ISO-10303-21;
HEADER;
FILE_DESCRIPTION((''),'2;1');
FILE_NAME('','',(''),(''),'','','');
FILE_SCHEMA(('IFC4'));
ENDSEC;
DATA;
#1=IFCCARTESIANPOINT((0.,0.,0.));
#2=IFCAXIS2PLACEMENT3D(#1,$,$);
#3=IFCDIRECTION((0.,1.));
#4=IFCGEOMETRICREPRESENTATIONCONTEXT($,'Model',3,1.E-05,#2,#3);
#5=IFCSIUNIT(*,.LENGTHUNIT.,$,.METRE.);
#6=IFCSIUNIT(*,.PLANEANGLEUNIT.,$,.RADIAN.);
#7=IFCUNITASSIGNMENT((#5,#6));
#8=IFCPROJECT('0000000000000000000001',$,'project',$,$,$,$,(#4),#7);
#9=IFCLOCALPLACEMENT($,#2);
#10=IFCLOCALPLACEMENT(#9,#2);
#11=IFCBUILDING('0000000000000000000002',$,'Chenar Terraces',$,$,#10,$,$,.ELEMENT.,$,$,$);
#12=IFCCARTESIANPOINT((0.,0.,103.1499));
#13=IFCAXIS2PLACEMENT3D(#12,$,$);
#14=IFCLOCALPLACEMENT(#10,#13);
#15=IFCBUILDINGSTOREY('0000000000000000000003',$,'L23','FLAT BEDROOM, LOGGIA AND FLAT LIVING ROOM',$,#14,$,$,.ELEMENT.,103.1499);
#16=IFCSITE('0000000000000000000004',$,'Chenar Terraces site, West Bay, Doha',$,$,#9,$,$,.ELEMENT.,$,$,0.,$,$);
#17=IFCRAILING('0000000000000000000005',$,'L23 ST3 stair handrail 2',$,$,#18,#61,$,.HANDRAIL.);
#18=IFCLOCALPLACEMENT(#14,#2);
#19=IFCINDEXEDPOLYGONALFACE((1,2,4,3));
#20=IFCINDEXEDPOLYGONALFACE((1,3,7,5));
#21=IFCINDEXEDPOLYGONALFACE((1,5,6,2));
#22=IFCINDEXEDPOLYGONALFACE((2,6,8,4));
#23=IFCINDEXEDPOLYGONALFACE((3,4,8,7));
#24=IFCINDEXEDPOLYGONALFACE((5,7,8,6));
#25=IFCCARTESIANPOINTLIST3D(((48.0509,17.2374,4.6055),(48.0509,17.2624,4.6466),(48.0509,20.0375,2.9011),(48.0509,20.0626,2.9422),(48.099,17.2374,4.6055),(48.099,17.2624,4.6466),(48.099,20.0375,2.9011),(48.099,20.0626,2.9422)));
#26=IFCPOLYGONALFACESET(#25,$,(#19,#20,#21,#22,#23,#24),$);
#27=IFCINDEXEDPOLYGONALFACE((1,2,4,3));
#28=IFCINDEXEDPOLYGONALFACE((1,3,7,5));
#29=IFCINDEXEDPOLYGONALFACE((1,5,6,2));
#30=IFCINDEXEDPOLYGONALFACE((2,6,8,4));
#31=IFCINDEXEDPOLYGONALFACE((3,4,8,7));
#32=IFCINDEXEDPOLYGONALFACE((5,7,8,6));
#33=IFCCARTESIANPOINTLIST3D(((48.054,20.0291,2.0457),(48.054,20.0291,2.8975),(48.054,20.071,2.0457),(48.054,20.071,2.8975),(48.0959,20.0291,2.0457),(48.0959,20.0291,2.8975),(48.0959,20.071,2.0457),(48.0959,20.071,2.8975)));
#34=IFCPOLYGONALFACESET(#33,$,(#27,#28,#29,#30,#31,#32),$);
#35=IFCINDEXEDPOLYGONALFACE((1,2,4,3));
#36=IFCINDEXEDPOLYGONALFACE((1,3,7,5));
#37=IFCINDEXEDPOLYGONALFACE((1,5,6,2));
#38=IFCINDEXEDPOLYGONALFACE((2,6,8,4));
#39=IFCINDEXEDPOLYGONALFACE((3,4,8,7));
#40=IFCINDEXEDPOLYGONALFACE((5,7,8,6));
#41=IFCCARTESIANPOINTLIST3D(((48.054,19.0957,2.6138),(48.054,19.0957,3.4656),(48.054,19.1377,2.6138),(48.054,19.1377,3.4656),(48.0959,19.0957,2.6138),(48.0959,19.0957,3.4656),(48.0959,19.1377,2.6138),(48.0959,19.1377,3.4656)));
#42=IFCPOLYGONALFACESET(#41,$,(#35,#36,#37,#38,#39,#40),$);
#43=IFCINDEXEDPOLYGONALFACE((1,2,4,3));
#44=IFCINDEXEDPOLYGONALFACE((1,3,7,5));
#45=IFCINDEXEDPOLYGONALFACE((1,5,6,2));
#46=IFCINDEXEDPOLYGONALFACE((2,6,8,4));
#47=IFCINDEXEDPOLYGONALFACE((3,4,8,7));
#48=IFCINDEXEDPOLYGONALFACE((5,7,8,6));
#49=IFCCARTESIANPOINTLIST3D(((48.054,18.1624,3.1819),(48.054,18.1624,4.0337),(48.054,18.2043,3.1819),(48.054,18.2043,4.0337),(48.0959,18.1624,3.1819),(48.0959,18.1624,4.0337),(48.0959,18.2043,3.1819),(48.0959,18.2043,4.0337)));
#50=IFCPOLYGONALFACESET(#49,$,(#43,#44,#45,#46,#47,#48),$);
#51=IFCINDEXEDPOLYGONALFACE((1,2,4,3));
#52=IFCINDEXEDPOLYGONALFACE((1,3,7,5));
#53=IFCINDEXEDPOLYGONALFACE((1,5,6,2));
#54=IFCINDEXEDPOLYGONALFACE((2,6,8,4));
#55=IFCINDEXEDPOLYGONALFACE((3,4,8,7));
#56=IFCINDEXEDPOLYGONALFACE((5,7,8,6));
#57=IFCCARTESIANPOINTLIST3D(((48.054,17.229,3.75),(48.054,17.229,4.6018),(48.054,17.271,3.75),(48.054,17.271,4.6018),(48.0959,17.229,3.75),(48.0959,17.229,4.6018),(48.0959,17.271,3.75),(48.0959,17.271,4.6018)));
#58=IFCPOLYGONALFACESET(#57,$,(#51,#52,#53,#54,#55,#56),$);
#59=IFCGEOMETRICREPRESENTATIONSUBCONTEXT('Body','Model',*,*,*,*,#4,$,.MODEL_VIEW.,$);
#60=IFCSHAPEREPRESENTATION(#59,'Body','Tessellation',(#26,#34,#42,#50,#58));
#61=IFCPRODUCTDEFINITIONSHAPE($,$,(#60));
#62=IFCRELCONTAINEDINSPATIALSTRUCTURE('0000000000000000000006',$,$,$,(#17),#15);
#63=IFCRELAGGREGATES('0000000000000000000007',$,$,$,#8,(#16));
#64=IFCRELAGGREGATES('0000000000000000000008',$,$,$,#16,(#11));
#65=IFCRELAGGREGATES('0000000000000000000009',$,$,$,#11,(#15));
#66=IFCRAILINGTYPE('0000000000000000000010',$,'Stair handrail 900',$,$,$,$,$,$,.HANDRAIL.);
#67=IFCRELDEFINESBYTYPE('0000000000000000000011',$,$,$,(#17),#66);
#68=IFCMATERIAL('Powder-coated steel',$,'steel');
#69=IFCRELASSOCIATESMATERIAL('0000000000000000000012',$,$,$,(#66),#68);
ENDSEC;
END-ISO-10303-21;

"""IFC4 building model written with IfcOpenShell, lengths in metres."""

from ifc_helpers import new_model, si_unit, direction, frame, origin, origin_2d, place, context, subcontext, project, spatial, rectangle, extrude, material, type_object, element, save


model = new_model("IFC4")

# Units and contexts
model_context = context("Model", 3, precision=1e-05, world=origin(), true_north=direction((0.0, 1.0)))
body_context = subcontext(model_context, "Body", "Model", "MODEL_VIEW")
ifc_project = project(units=[si_unit("LENGTHUNIT", "METRE"), si_unit("PLANEANGLEUNIT", "RADIAN")], contexts=[model_context])

# Site, building, storey
site_placement = place(None, origin())
site = spatial("IfcSite", under=ifc_project, at=site_placement, Name="Chenar Terraces site, West Bay, Doha", CompositionType="ELEMENT", RefElevation=0.0)
building_placement = place(site_placement, origin())
building = spatial("IfcBuilding", under=site, at=building_placement, Name="Chenar Terraces", CompositionType="ELEMENT")
storey_placement = place(building_placement, frame((0.0, 0.0, 103.1499)))
storey = spatial("IfcBuildingStorey", under=building, at=storey_placement, Name="L23", Description="FLAT BEDROOM, LOGGIA AND FLAT LIVING ROOM", CompositionType="ELEMENT", Elevation=103.1499)

# Railing
ifc_material_1 = material(Name="Powder-coated steel", Category="steel")
railing_type_1 = type_object("IfcRailingType", Name="Stair handrail 900", PredefinedType="HANDRAIL", material=ifc_material_1)
railing_1_placement = place(storey_placement, frame((48.075, 20.05, 2.0457)))
element("IfcRailing", 1, at=railing_1_placement, inside=storey, type_object=railing_type_1, Name="L23 ST3 stair handrail 2", PredefinedType="HANDRAIL", context=body_context, shape_type="SweptSolid", body=[
    extrude(rectangle(XDim=0.0481, YDim=0.0481, at=origin_2d()), frame((0.0, 0.0, 0.876), z_axis=(0.0, -0.854203, 0.51994), x_axis=(1.0, 0.0, 0.0)), (0.0, 0.0, 1.0), 3.2781),
    extrude(rectangle(XDim=0.042, YDim=0.042, at=origin_2d()), origin(), (0.0, 0.0, 1.0), 0.8518),
    extrude(rectangle(XDim=0.042, YDim=0.042, at=origin_2d()), frame((0.0, -0.9333, 0.5681)), (0.0, 0.0, 1.0), 0.8518),
    extrude(rectangle(XDim=0.042, YDim=0.042, at=origin_2d()), frame((0.0, -1.8667, 1.1362)), (0.0, 0.0, 1.0), 0.8518),
    extrude(rectangle(XDim=0.042, YDim=0.042, at=origin_2d()), frame((0.0, -2.8, 1.7043)), (0.0, 0.0, 1.0), 0.8518),
])

save(model, "model.ifc")
